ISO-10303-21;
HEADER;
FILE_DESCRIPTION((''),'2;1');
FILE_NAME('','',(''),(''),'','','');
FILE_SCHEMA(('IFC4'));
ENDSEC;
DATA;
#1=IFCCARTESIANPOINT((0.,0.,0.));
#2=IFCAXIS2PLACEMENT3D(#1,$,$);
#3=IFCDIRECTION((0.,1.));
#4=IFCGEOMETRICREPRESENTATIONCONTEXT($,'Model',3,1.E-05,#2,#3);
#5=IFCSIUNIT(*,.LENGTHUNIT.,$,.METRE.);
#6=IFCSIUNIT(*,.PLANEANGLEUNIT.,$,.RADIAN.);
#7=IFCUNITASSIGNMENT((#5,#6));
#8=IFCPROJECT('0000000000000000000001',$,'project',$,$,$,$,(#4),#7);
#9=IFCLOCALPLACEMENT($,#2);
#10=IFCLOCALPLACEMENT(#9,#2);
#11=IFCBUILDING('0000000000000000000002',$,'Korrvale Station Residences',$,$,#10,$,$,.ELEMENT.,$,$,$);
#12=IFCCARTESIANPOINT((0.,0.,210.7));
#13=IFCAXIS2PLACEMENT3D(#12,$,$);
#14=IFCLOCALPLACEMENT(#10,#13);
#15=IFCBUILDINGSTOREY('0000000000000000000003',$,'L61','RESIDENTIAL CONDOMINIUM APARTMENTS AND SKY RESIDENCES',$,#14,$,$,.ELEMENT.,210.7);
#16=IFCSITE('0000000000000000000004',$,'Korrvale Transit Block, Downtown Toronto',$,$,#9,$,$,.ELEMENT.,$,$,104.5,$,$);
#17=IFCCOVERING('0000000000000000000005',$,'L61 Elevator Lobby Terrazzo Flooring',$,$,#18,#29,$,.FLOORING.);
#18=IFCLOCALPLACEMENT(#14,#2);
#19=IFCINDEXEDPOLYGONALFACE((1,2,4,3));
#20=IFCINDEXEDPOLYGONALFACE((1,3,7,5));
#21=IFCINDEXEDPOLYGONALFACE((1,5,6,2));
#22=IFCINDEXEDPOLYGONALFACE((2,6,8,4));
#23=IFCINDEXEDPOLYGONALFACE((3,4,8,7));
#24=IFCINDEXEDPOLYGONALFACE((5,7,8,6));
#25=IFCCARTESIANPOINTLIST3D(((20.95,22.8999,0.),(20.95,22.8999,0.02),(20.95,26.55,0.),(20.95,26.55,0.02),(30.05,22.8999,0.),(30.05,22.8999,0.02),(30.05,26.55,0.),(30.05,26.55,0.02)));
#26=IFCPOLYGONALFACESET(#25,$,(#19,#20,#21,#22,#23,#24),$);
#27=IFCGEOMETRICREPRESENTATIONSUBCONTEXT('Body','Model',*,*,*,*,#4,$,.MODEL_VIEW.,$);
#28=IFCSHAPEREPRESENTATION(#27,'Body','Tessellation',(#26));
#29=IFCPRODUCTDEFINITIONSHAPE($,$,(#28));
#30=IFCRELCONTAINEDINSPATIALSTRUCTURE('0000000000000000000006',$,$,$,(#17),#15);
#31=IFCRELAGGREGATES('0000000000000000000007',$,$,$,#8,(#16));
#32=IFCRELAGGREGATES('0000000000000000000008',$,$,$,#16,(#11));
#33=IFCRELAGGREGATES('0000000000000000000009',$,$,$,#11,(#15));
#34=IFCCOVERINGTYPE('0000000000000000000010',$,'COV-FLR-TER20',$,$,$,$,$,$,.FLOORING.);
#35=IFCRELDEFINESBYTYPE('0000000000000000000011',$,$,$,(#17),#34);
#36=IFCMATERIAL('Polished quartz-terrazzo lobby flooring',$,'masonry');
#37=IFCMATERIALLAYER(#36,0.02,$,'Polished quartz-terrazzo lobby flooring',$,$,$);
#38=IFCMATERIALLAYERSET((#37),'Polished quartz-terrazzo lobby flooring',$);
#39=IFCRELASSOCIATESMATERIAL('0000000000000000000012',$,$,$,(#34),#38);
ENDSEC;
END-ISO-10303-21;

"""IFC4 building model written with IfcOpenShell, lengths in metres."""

from ifc_helpers import new_model, si_unit, direction, frame, origin, place, context, subcontext, project, spatial, polyline, outline, extrude, material, layer, layer_set, type_object, element, save


model = new_model("IFC4")

# Units and contexts
model_context = context("Model", 3, precision=1e-05, world=origin(), true_north=direction((0.0, 1.0)))
body_context = subcontext(model_context, "Body", "Model", "MODEL_VIEW")
ifc_project = project(units=[si_unit("LENGTHUNIT", "METRE"), si_unit("PLANEANGLEUNIT", "RADIAN")], contexts=[model_context])

# Site, building, storey
site_placement = place(None, origin())
site = spatial("IfcSite", under=ifc_project, at=site_placement, Name="Korrvale Transit Block, Downtown Toronto", CompositionType="ELEMENT", RefElevation=104.5)
building_placement = place(site_placement, origin())
building = spatial("IfcBuilding", under=site, at=building_placement, Name="Korrvale Station Residences", CompositionType="ELEMENT")
storey_placement = place(building_placement, frame((0.0, 0.0, 210.7)))
storey = spatial("IfcBuildingStorey", under=building, at=storey_placement, Name="L61", Description="RESIDENTIAL CONDOMINIUM APARTMENTS AND SKY RESIDENCES", CompositionType="ELEMENT", Elevation=210.7)

# Covering
ifc_material_1 = material(Name="Polished quartz-terrazzo lobby flooring", Category="masonry")
ifc_layer_1 = layer(ifc_material_1, 0.02, Name="Polished quartz-terrazzo lobby flooring")
ifc_layer_set_1 = layer_set([ifc_layer_1], Name="Polished quartz-terrazzo lobby flooring")
covering_type_1 = type_object("IfcCoveringType", Name="COV-FLR-TER20", PredefinedType="FLOORING", material=ifc_layer_set_1)
covering_1_placement = place(storey_placement, origin())
element("IfcCovering", 1, at=covering_1_placement, inside=storey, type_object=covering_type_1, Name="L61 Elevator Lobby Terrazzo Flooring", PredefinedType="FLOORING", context=body_context, shape_type="SweptSolid", body=[
    extrude(outline(polyline([(20.95, 22.8999), (30.05, 22.8999), (30.05, 26.55), (20.95, 26.55), (20.95, 22.8999)])), origin(), (0.0, 0.0, 1.0), 0.02),
])

save(model, "model.ifc")
